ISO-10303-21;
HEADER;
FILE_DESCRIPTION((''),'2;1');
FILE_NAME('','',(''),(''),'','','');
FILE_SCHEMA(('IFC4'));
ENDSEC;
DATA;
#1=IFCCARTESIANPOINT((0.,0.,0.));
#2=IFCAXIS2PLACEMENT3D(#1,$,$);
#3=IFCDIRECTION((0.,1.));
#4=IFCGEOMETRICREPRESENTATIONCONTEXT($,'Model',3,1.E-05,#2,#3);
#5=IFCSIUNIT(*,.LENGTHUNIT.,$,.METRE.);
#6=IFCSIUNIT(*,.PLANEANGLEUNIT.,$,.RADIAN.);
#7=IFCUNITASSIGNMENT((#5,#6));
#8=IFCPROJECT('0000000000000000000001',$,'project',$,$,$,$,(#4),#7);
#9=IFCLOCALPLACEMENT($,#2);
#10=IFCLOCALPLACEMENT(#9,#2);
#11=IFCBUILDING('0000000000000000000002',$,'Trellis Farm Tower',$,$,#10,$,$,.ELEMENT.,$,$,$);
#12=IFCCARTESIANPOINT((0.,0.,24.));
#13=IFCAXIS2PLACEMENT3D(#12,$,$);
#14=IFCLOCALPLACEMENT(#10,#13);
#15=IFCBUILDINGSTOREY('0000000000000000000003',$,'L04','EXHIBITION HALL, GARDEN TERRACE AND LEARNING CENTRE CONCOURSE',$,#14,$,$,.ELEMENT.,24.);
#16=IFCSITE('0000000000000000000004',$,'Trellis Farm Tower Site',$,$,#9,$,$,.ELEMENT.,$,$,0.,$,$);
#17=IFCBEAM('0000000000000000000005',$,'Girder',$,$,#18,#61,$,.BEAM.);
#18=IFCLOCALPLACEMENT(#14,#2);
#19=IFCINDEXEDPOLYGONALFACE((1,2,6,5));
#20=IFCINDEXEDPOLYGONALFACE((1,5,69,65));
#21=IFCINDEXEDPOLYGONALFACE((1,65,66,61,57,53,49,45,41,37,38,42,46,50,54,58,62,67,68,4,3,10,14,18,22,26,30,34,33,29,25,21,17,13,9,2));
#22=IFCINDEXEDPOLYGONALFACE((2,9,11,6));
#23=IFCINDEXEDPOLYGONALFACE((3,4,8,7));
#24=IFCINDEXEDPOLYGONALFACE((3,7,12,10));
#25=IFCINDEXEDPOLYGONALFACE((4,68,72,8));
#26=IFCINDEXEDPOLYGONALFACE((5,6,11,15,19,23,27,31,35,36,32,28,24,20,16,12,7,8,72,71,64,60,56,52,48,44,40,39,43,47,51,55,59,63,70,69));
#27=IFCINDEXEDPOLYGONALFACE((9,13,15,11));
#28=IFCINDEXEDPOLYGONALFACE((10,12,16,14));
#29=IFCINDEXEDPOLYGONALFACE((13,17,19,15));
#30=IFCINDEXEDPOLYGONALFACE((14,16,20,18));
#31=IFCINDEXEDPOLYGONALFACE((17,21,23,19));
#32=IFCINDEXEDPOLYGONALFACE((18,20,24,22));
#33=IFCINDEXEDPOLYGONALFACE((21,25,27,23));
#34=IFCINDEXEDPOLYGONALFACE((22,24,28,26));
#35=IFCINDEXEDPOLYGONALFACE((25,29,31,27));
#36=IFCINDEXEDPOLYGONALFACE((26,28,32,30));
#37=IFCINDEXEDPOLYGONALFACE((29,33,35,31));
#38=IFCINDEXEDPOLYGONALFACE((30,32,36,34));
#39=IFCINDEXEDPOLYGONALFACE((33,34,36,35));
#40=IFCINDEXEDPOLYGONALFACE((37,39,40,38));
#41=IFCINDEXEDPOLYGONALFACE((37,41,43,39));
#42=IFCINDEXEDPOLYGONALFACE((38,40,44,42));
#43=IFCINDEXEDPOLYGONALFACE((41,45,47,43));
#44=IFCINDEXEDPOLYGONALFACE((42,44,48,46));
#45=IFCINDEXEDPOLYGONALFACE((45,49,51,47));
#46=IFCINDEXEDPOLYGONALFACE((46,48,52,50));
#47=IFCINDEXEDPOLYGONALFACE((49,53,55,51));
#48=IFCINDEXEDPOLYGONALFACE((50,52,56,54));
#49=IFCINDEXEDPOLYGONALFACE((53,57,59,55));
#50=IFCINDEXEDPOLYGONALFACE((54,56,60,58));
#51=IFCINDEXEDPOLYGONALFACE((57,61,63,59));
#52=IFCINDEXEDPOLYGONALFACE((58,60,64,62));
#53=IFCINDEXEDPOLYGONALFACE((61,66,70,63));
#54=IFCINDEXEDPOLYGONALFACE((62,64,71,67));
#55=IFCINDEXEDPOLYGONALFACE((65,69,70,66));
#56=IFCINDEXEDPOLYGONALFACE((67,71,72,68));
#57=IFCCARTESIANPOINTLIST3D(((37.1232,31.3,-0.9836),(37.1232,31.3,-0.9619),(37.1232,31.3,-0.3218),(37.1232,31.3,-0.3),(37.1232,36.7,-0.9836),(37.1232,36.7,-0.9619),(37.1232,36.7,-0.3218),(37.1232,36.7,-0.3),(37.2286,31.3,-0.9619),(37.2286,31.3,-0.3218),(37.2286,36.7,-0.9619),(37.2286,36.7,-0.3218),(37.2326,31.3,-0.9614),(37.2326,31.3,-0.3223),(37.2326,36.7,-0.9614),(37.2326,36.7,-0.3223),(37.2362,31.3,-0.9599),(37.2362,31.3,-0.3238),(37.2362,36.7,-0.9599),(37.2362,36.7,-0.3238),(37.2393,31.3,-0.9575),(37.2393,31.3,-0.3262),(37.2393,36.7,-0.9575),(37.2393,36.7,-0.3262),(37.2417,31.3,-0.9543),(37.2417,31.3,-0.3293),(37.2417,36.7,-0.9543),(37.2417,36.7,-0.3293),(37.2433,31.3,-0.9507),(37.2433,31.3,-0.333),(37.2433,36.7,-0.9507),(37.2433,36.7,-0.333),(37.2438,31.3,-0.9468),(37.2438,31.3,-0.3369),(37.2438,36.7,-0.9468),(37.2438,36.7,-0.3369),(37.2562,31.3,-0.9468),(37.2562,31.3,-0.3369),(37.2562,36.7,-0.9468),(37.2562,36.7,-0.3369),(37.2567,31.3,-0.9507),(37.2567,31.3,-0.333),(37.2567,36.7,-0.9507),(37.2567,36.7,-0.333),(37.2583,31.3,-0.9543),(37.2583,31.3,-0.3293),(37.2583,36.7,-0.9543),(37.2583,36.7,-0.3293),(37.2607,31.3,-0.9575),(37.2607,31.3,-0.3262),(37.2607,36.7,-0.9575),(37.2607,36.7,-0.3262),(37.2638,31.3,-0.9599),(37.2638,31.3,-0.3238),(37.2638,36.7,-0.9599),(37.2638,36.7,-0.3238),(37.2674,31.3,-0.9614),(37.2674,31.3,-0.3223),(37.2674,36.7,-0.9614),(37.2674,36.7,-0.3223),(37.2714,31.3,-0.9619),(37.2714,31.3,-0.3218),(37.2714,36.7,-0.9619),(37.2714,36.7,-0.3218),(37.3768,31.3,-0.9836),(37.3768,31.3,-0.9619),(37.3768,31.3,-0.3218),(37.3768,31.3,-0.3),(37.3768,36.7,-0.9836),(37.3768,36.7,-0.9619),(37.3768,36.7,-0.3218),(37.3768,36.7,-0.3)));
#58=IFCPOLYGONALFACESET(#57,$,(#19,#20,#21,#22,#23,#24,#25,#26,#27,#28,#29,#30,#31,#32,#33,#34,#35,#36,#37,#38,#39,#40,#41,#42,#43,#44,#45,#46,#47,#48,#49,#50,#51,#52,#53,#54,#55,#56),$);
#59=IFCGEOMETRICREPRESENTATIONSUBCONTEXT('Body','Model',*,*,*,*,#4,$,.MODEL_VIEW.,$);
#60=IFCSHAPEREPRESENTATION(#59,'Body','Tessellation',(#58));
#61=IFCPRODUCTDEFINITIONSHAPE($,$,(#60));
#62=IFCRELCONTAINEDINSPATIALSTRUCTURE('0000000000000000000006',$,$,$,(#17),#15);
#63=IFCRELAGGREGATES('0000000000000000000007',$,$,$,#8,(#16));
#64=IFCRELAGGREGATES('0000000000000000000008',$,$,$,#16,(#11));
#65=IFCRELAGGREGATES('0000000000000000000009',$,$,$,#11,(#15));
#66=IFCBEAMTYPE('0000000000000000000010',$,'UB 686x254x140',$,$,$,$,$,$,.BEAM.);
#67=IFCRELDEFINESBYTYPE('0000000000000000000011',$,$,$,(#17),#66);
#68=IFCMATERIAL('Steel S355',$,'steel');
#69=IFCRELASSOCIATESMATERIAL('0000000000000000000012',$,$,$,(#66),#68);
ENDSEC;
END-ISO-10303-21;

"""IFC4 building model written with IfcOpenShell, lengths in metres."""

from ifc_helpers import new_model, si_unit, direction, frame, origin, origin_2d, place, context, subcontext, project, spatial, i_section, extrude, source, transform, mapped, material, material_profile, profile_set, type_object, element, save


model = new_model("IFC4")

# Units and contexts
model_context = context("Model", 3, precision=1e-05, world=origin(), true_north=direction((0.0, 1.0)))
body_context = subcontext(model_context, "Body", "Model", "MODEL_VIEW")
ifc_project = project(units=[si_unit("LENGTHUNIT", "METRE"), si_unit("PLANEANGLEUNIT", "RADIAN")], contexts=[model_context])

# Site, building, storey
site_placement = place(None, origin())
site = spatial("IfcSite", under=ifc_project, at=site_placement, Name="Trellis Farm Tower Site", CompositionType="ELEMENT", RefElevation=0.0)
building_placement = place(site_placement, origin())
building = spatial("IfcBuilding", under=site, at=building_placement, Name="Trellis Farm Tower", CompositionType="ELEMENT")
storey_placement = place(building_placement, frame((0.0, 0.0, 24.0)))
storey = spatial("IfcBuildingStorey", under=building, at=storey_placement, Name="L04", Description="EXHIBITION HALL, GARDEN TERRACE AND LEARNING CENTRE CONCOURSE", CompositionType="ELEMENT", Elevation=24.0)

# Beam
ifc_material = material(Name="Steel S355", Category="steel")
ifc_material_profile_1 = material_profile(ifc_material, i_section(OverallWidth=0.2537, OverallDepth=0.6836, WebThickness=0.0125, FlangeThickness=0.0217, FilletRadius=0.0151, at=origin_2d()), Name="UB 686x254x140")
ifc_profile_set_1 = profile_set([ifc_material_profile_1], Name="Steel S355")
beam_type_1 = type_object("IfcBeamType", Name="UB 686x254x140", PredefinedType="BEAM", material=ifc_profile_set_1)
shared_shape_1 = source(origin(), body_context, "Body", "SweptSolid", [
    extrude(i_section(OverallWidth=0.2537, OverallDepth=0.6836, WebThickness=0.0125, FlangeThickness=0.0217, FilletRadius=0.0151, at=origin_2d()), origin(), (0.0, 0.0, 1.0), 5.3999),
])
for number, where, z_axis, x_axis, name in (
    (1, (37.25, 31.3, -0.6418), (0.0, 1.0, 0.0), (-1.0, 0.0, 0.0), "Girder"),
):
    element("IfcBeam", number, at=place(storey_placement, frame(where, z_axis=z_axis, x_axis=x_axis)), inside=storey, type_object=beam_type_1, Name=name, PredefinedType="BEAM", context=body_context, shape_type="MappedRepresentation", body=[
        mapped(shared_shape_1, transform((0.0, 0.0, 0.0))),
    ])

save(model, "model.ifc")
